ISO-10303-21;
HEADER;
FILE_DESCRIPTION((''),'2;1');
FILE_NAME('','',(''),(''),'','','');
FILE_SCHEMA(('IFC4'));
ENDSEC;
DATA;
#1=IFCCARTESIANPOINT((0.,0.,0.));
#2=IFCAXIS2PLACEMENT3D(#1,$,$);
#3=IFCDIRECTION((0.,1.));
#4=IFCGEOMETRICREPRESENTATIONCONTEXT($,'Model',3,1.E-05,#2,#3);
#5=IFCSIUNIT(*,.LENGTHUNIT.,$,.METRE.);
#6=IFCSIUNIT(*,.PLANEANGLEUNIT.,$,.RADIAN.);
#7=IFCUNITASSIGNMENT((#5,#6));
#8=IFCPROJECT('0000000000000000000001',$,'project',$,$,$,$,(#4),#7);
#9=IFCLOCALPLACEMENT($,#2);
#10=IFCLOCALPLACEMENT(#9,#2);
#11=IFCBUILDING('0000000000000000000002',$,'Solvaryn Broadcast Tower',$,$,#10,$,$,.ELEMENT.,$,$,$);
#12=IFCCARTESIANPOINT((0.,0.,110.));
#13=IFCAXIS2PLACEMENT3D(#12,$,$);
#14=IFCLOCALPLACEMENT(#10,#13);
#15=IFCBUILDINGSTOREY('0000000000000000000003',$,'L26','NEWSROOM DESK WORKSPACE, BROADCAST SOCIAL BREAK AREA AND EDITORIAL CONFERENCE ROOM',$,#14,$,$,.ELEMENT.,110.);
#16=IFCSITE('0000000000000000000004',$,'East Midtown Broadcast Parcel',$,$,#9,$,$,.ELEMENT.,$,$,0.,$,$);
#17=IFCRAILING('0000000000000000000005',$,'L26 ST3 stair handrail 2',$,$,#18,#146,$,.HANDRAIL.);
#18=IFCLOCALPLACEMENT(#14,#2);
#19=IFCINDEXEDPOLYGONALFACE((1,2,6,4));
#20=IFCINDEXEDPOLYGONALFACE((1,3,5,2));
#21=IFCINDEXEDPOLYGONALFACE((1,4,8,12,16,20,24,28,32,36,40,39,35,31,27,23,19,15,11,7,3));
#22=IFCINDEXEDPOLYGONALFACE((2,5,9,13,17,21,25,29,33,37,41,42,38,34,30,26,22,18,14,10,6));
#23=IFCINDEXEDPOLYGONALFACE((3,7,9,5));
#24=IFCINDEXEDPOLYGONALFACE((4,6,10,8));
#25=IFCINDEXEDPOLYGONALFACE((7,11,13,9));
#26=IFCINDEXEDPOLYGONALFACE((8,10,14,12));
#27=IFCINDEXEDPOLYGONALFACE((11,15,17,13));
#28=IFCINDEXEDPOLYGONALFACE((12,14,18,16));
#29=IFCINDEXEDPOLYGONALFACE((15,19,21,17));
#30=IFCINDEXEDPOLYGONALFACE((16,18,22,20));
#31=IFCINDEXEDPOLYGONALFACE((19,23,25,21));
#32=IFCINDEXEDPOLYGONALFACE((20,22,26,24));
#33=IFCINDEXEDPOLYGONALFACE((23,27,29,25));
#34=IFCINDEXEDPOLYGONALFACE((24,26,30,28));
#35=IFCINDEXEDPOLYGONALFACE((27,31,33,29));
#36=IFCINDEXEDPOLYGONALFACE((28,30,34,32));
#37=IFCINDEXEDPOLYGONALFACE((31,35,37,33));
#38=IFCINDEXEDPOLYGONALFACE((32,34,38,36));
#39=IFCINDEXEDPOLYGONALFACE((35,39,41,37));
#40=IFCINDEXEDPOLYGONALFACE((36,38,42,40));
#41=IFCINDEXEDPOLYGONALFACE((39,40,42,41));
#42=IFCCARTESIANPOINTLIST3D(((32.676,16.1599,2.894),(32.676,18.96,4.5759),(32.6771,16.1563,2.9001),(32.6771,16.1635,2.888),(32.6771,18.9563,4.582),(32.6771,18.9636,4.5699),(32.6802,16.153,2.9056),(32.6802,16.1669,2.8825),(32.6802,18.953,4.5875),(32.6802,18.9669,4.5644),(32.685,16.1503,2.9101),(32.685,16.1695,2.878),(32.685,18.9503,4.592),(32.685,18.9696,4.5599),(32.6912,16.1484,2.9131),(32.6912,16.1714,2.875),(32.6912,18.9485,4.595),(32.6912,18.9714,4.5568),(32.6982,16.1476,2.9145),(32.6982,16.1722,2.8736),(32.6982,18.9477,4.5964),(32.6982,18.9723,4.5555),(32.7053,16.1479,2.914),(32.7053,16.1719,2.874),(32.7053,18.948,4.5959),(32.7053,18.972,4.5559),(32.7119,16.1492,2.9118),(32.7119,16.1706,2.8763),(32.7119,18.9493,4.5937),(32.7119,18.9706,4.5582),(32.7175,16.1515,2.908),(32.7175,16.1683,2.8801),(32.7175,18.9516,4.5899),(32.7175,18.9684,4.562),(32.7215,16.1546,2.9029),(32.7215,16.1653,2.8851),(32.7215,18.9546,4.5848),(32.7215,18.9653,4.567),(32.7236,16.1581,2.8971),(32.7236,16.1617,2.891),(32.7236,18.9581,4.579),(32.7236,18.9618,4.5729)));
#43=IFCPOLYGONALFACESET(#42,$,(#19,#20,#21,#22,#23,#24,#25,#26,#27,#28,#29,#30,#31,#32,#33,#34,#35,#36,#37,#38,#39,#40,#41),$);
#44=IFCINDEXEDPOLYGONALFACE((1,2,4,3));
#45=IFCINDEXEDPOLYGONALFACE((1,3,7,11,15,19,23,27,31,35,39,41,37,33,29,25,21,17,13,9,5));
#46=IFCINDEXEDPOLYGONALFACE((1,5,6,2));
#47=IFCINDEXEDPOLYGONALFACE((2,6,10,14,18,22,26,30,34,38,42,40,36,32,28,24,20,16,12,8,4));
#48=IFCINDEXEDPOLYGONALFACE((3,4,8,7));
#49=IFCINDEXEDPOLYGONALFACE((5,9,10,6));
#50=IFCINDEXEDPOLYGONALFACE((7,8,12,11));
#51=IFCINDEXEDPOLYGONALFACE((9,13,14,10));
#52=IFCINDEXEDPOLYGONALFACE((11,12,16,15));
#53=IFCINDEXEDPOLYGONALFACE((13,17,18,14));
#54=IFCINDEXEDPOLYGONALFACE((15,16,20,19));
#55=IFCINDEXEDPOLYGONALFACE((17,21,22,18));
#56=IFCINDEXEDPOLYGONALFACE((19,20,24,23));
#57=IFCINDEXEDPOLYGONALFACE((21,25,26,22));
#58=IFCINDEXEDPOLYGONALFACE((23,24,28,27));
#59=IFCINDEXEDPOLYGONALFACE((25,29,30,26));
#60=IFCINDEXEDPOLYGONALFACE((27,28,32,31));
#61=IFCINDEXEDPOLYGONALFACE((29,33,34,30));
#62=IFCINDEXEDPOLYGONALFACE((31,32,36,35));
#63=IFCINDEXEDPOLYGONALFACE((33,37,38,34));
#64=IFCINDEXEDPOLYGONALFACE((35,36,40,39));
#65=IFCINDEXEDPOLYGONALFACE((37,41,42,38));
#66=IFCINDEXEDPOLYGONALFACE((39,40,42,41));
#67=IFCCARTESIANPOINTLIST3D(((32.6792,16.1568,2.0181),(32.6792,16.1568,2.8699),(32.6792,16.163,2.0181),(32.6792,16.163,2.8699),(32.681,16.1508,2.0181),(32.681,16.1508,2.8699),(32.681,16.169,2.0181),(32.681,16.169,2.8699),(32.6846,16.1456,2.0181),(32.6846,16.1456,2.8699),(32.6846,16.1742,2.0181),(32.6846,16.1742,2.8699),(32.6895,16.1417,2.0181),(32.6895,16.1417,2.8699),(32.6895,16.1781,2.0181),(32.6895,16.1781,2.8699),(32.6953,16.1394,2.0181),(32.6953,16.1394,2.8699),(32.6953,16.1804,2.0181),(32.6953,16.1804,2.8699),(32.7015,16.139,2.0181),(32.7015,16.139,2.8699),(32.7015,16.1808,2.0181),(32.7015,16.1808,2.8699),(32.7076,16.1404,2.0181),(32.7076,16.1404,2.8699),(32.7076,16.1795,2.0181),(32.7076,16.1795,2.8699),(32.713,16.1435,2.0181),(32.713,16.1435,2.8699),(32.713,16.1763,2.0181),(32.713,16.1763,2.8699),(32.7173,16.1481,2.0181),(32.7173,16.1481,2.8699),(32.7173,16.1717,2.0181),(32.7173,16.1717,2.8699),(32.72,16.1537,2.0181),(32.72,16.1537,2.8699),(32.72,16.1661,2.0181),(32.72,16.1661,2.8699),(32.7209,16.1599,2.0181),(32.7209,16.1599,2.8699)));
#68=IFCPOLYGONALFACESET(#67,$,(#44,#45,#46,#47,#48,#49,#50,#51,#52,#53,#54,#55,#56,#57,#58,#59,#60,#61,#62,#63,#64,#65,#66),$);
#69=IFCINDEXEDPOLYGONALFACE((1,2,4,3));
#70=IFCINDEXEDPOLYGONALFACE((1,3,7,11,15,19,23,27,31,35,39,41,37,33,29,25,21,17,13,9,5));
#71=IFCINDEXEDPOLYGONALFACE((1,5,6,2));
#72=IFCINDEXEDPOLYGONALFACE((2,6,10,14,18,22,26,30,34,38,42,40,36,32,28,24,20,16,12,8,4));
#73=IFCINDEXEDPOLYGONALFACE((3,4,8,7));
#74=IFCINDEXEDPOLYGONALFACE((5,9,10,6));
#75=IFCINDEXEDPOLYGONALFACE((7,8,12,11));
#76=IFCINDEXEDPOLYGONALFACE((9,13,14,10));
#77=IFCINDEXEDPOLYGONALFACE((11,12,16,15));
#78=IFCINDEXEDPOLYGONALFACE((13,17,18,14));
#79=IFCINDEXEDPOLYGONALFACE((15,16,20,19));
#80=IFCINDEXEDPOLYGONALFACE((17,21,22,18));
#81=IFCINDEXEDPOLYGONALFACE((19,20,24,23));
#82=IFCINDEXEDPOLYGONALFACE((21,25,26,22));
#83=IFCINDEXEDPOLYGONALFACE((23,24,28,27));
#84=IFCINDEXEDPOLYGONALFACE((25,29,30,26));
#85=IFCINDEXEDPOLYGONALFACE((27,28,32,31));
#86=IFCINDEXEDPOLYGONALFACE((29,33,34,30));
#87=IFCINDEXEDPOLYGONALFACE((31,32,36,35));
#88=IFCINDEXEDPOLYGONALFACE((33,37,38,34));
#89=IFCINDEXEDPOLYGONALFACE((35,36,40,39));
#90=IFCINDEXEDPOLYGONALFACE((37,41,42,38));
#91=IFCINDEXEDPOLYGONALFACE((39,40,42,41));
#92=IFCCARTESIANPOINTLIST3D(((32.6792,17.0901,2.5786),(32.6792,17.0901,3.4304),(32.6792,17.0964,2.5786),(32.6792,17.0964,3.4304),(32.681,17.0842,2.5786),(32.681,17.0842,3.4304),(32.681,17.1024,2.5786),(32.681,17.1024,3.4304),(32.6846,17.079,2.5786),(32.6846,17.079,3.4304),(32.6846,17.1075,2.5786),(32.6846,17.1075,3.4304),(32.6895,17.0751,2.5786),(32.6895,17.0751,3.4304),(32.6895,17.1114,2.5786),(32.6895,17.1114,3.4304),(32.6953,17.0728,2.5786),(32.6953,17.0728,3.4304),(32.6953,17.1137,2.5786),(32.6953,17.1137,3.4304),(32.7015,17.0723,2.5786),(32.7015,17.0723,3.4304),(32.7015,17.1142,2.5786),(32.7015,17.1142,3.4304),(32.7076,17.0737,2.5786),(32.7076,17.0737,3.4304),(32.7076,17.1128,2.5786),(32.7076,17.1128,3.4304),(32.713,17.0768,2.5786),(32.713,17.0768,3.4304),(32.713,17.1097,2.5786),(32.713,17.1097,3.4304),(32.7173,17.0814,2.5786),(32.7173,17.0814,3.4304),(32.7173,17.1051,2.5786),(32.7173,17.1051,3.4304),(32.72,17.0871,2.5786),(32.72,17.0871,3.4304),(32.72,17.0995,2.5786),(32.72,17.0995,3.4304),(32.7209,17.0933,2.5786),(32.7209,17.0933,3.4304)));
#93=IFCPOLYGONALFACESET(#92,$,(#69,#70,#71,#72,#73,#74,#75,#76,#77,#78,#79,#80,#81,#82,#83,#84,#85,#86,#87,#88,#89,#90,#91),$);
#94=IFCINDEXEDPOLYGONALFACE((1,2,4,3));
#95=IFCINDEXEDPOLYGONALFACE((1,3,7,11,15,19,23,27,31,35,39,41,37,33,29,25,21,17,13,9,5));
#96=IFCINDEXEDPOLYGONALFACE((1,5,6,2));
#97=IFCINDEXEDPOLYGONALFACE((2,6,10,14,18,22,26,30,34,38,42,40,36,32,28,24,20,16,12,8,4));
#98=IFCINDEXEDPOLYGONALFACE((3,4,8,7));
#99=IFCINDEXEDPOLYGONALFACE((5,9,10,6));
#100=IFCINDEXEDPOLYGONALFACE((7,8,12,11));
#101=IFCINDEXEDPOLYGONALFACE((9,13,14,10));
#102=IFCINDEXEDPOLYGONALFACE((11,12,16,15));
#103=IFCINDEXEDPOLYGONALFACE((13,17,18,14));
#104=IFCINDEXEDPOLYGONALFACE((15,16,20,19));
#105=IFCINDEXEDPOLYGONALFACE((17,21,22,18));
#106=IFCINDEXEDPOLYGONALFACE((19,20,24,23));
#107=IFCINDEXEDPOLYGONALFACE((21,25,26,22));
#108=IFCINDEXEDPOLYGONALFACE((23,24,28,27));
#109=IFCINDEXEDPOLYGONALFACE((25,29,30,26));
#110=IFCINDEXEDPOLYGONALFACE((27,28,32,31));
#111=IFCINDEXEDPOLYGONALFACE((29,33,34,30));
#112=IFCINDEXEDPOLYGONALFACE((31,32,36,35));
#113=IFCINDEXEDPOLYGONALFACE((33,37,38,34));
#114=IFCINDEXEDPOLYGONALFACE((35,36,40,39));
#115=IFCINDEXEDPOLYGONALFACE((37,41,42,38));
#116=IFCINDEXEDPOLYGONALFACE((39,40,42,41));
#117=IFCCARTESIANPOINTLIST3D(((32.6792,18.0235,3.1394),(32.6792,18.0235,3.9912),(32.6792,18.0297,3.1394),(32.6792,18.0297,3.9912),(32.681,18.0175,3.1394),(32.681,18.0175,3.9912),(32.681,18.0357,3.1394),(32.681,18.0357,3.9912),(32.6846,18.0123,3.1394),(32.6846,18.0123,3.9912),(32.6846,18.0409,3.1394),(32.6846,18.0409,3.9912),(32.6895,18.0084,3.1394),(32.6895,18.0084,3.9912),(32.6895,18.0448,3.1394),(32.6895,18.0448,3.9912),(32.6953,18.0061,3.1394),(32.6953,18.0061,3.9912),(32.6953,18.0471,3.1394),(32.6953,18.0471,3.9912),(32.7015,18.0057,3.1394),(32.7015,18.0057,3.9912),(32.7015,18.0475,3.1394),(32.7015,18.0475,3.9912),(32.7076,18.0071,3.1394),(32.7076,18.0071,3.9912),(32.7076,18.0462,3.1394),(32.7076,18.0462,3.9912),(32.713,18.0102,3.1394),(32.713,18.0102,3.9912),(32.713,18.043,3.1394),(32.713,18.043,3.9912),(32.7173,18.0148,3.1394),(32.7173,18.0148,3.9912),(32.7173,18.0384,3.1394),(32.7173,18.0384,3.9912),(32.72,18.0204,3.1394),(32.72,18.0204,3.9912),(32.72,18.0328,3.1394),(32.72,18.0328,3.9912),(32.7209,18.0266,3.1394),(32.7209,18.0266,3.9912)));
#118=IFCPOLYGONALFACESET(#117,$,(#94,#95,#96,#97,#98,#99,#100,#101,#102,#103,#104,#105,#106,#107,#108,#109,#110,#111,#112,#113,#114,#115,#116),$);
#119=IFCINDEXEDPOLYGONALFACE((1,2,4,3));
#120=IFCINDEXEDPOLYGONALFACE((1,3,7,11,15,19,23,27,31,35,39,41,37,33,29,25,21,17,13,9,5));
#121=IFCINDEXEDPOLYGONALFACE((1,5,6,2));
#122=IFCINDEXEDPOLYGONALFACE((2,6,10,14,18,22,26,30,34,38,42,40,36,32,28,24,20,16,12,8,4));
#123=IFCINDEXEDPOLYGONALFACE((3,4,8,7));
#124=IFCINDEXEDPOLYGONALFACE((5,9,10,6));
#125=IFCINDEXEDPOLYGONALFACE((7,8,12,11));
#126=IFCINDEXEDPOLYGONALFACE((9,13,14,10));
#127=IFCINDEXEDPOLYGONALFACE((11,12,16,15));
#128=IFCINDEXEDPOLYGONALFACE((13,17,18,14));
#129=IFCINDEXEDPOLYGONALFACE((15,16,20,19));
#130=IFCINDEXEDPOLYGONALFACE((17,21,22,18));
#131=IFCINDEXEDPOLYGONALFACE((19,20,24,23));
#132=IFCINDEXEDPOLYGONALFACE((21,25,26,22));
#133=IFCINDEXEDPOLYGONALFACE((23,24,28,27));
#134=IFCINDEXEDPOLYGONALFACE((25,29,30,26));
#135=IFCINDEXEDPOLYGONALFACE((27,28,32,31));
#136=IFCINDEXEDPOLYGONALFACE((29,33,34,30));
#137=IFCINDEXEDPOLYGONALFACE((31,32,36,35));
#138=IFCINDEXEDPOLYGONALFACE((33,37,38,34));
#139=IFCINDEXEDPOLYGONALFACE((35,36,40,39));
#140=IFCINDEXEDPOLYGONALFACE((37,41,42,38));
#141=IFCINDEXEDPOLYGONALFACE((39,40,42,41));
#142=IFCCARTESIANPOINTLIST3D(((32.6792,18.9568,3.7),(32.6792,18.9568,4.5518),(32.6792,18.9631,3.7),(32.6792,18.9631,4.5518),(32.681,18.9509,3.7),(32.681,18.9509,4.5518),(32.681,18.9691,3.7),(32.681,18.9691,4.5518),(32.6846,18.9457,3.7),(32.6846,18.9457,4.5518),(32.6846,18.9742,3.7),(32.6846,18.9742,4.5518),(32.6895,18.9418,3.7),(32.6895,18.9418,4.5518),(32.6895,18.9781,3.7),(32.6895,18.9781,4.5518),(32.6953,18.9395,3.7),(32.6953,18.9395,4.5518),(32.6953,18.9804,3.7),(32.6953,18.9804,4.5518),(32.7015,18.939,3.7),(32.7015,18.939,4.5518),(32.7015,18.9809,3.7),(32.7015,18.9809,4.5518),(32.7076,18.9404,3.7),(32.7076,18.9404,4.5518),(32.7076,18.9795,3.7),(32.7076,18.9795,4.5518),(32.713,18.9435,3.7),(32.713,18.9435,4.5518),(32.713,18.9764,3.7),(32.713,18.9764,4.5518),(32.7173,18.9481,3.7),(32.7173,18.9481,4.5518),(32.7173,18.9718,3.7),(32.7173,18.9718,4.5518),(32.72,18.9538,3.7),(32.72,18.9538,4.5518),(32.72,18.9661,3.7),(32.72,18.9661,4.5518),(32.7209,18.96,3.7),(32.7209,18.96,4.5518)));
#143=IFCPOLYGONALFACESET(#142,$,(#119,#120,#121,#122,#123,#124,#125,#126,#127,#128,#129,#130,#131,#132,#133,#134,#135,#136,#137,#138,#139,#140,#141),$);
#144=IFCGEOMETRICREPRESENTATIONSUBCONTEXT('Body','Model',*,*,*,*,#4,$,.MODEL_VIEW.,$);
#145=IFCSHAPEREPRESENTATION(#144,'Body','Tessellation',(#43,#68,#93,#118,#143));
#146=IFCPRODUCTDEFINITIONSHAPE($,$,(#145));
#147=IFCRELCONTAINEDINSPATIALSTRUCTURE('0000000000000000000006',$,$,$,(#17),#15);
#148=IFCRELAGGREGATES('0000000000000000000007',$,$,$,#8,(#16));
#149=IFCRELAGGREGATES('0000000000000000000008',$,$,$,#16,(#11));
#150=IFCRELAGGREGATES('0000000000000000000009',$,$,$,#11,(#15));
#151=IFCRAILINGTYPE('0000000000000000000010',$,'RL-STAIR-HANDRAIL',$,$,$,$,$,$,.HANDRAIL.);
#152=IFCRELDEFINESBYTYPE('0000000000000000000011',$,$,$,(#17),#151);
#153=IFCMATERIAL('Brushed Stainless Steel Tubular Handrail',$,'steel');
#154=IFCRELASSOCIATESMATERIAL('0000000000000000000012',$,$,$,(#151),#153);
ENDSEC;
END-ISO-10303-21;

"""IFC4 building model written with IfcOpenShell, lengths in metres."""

from ifc_helpers import new_model, si_unit, direction, frame, origin, origin_2d, place, context, subcontext, project, spatial, circle, extrude, material, type_object, element, save


model = new_model("IFC4")

# Units and contexts
model_context = context("Model", 3, precision=1e-05, world=origin(), true_north=direction((0.0, 1.0)))
body_context = subcontext(model_context, "Body", "Model", "MODEL_VIEW")
ifc_project = project(units=[si_unit("LENGTHUNIT", "METRE"), si_unit("PLANEANGLEUNIT", "RADIAN")], contexts=[model_context])

# Site, building, storey
site_placement = place(None, origin())
site = spatial("IfcSite", under=ifc_project, at=site_placement, Name="East Midtown Broadcast Parcel", CompositionType="ELEMENT", RefElevation=0.0)
building_placement = place(site_placement, origin())
building = spatial("IfcBuilding", under=site, at=building_placement, Name="Solvaryn Broadcast Tower", CompositionType="ELEMENT")
storey_placement = place(building_placement, frame((0.0, 0.0, 110.0)))
storey = spatial("IfcBuildingStorey", under=building, at=storey_placement, Name="L26", Description="NEWSROOM DESK WORKSPACE, BROADCAST SOCIAL BREAK AREA AND EDITORIAL CONFERENCE ROOM", CompositionType="ELEMENT", Elevation=110.0)

# Railing
ifc_material_1 = material(Name="Brushed Stainless Steel Tubular Handrail", Category="steel")
railing_type_1 = type_object("IfcRailingType", Name="RL-STAIR-HANDRAIL", PredefinedType="HANDRAIL", material=ifc_material_1)
railing_1_placement = place(storey_placement, frame((32.7, 16.1599, 2.0181)))
element("IfcRailing", 1, at=railing_1_placement, inside=storey, type_object=railing_type_1, Name="L26 ST3 stair handrail 2", PredefinedType="HANDRAIL", context=body_context, shape_type="SweptSolid", body=[
    extrude(circle(Radius=0.0239, at=origin_2d()), frame((0.0, 0.0, 0.876), z_axis=(0.0, 0.857242, 0.514913), x_axis=(-1.0, 0.0, 0.0)), (0.0, 0.0, 1.0), 3.2664),
    extrude(circle(Radius=0.021, at=origin_2d()), origin(), (0.0, 0.0, 1.0), 0.8518),
    extrude(circle(Radius=0.021, at=origin_2d()), frame((0.0, 0.9333, 0.5605)), (0.0, 0.0, 1.0), 0.8518),
    extrude(circle(Radius=0.021, at=origin_2d()), frame((0.0, 1.8667, 1.1213)), (0.0, 0.0, 1.0), 0.8518),
    extrude(circle(Radius=0.021, at=origin_2d()), frame((0.0, 2.8, 1.6819)), (0.0, 0.0, 1.0), 0.8518),
])

save(model, "model.ifc")
